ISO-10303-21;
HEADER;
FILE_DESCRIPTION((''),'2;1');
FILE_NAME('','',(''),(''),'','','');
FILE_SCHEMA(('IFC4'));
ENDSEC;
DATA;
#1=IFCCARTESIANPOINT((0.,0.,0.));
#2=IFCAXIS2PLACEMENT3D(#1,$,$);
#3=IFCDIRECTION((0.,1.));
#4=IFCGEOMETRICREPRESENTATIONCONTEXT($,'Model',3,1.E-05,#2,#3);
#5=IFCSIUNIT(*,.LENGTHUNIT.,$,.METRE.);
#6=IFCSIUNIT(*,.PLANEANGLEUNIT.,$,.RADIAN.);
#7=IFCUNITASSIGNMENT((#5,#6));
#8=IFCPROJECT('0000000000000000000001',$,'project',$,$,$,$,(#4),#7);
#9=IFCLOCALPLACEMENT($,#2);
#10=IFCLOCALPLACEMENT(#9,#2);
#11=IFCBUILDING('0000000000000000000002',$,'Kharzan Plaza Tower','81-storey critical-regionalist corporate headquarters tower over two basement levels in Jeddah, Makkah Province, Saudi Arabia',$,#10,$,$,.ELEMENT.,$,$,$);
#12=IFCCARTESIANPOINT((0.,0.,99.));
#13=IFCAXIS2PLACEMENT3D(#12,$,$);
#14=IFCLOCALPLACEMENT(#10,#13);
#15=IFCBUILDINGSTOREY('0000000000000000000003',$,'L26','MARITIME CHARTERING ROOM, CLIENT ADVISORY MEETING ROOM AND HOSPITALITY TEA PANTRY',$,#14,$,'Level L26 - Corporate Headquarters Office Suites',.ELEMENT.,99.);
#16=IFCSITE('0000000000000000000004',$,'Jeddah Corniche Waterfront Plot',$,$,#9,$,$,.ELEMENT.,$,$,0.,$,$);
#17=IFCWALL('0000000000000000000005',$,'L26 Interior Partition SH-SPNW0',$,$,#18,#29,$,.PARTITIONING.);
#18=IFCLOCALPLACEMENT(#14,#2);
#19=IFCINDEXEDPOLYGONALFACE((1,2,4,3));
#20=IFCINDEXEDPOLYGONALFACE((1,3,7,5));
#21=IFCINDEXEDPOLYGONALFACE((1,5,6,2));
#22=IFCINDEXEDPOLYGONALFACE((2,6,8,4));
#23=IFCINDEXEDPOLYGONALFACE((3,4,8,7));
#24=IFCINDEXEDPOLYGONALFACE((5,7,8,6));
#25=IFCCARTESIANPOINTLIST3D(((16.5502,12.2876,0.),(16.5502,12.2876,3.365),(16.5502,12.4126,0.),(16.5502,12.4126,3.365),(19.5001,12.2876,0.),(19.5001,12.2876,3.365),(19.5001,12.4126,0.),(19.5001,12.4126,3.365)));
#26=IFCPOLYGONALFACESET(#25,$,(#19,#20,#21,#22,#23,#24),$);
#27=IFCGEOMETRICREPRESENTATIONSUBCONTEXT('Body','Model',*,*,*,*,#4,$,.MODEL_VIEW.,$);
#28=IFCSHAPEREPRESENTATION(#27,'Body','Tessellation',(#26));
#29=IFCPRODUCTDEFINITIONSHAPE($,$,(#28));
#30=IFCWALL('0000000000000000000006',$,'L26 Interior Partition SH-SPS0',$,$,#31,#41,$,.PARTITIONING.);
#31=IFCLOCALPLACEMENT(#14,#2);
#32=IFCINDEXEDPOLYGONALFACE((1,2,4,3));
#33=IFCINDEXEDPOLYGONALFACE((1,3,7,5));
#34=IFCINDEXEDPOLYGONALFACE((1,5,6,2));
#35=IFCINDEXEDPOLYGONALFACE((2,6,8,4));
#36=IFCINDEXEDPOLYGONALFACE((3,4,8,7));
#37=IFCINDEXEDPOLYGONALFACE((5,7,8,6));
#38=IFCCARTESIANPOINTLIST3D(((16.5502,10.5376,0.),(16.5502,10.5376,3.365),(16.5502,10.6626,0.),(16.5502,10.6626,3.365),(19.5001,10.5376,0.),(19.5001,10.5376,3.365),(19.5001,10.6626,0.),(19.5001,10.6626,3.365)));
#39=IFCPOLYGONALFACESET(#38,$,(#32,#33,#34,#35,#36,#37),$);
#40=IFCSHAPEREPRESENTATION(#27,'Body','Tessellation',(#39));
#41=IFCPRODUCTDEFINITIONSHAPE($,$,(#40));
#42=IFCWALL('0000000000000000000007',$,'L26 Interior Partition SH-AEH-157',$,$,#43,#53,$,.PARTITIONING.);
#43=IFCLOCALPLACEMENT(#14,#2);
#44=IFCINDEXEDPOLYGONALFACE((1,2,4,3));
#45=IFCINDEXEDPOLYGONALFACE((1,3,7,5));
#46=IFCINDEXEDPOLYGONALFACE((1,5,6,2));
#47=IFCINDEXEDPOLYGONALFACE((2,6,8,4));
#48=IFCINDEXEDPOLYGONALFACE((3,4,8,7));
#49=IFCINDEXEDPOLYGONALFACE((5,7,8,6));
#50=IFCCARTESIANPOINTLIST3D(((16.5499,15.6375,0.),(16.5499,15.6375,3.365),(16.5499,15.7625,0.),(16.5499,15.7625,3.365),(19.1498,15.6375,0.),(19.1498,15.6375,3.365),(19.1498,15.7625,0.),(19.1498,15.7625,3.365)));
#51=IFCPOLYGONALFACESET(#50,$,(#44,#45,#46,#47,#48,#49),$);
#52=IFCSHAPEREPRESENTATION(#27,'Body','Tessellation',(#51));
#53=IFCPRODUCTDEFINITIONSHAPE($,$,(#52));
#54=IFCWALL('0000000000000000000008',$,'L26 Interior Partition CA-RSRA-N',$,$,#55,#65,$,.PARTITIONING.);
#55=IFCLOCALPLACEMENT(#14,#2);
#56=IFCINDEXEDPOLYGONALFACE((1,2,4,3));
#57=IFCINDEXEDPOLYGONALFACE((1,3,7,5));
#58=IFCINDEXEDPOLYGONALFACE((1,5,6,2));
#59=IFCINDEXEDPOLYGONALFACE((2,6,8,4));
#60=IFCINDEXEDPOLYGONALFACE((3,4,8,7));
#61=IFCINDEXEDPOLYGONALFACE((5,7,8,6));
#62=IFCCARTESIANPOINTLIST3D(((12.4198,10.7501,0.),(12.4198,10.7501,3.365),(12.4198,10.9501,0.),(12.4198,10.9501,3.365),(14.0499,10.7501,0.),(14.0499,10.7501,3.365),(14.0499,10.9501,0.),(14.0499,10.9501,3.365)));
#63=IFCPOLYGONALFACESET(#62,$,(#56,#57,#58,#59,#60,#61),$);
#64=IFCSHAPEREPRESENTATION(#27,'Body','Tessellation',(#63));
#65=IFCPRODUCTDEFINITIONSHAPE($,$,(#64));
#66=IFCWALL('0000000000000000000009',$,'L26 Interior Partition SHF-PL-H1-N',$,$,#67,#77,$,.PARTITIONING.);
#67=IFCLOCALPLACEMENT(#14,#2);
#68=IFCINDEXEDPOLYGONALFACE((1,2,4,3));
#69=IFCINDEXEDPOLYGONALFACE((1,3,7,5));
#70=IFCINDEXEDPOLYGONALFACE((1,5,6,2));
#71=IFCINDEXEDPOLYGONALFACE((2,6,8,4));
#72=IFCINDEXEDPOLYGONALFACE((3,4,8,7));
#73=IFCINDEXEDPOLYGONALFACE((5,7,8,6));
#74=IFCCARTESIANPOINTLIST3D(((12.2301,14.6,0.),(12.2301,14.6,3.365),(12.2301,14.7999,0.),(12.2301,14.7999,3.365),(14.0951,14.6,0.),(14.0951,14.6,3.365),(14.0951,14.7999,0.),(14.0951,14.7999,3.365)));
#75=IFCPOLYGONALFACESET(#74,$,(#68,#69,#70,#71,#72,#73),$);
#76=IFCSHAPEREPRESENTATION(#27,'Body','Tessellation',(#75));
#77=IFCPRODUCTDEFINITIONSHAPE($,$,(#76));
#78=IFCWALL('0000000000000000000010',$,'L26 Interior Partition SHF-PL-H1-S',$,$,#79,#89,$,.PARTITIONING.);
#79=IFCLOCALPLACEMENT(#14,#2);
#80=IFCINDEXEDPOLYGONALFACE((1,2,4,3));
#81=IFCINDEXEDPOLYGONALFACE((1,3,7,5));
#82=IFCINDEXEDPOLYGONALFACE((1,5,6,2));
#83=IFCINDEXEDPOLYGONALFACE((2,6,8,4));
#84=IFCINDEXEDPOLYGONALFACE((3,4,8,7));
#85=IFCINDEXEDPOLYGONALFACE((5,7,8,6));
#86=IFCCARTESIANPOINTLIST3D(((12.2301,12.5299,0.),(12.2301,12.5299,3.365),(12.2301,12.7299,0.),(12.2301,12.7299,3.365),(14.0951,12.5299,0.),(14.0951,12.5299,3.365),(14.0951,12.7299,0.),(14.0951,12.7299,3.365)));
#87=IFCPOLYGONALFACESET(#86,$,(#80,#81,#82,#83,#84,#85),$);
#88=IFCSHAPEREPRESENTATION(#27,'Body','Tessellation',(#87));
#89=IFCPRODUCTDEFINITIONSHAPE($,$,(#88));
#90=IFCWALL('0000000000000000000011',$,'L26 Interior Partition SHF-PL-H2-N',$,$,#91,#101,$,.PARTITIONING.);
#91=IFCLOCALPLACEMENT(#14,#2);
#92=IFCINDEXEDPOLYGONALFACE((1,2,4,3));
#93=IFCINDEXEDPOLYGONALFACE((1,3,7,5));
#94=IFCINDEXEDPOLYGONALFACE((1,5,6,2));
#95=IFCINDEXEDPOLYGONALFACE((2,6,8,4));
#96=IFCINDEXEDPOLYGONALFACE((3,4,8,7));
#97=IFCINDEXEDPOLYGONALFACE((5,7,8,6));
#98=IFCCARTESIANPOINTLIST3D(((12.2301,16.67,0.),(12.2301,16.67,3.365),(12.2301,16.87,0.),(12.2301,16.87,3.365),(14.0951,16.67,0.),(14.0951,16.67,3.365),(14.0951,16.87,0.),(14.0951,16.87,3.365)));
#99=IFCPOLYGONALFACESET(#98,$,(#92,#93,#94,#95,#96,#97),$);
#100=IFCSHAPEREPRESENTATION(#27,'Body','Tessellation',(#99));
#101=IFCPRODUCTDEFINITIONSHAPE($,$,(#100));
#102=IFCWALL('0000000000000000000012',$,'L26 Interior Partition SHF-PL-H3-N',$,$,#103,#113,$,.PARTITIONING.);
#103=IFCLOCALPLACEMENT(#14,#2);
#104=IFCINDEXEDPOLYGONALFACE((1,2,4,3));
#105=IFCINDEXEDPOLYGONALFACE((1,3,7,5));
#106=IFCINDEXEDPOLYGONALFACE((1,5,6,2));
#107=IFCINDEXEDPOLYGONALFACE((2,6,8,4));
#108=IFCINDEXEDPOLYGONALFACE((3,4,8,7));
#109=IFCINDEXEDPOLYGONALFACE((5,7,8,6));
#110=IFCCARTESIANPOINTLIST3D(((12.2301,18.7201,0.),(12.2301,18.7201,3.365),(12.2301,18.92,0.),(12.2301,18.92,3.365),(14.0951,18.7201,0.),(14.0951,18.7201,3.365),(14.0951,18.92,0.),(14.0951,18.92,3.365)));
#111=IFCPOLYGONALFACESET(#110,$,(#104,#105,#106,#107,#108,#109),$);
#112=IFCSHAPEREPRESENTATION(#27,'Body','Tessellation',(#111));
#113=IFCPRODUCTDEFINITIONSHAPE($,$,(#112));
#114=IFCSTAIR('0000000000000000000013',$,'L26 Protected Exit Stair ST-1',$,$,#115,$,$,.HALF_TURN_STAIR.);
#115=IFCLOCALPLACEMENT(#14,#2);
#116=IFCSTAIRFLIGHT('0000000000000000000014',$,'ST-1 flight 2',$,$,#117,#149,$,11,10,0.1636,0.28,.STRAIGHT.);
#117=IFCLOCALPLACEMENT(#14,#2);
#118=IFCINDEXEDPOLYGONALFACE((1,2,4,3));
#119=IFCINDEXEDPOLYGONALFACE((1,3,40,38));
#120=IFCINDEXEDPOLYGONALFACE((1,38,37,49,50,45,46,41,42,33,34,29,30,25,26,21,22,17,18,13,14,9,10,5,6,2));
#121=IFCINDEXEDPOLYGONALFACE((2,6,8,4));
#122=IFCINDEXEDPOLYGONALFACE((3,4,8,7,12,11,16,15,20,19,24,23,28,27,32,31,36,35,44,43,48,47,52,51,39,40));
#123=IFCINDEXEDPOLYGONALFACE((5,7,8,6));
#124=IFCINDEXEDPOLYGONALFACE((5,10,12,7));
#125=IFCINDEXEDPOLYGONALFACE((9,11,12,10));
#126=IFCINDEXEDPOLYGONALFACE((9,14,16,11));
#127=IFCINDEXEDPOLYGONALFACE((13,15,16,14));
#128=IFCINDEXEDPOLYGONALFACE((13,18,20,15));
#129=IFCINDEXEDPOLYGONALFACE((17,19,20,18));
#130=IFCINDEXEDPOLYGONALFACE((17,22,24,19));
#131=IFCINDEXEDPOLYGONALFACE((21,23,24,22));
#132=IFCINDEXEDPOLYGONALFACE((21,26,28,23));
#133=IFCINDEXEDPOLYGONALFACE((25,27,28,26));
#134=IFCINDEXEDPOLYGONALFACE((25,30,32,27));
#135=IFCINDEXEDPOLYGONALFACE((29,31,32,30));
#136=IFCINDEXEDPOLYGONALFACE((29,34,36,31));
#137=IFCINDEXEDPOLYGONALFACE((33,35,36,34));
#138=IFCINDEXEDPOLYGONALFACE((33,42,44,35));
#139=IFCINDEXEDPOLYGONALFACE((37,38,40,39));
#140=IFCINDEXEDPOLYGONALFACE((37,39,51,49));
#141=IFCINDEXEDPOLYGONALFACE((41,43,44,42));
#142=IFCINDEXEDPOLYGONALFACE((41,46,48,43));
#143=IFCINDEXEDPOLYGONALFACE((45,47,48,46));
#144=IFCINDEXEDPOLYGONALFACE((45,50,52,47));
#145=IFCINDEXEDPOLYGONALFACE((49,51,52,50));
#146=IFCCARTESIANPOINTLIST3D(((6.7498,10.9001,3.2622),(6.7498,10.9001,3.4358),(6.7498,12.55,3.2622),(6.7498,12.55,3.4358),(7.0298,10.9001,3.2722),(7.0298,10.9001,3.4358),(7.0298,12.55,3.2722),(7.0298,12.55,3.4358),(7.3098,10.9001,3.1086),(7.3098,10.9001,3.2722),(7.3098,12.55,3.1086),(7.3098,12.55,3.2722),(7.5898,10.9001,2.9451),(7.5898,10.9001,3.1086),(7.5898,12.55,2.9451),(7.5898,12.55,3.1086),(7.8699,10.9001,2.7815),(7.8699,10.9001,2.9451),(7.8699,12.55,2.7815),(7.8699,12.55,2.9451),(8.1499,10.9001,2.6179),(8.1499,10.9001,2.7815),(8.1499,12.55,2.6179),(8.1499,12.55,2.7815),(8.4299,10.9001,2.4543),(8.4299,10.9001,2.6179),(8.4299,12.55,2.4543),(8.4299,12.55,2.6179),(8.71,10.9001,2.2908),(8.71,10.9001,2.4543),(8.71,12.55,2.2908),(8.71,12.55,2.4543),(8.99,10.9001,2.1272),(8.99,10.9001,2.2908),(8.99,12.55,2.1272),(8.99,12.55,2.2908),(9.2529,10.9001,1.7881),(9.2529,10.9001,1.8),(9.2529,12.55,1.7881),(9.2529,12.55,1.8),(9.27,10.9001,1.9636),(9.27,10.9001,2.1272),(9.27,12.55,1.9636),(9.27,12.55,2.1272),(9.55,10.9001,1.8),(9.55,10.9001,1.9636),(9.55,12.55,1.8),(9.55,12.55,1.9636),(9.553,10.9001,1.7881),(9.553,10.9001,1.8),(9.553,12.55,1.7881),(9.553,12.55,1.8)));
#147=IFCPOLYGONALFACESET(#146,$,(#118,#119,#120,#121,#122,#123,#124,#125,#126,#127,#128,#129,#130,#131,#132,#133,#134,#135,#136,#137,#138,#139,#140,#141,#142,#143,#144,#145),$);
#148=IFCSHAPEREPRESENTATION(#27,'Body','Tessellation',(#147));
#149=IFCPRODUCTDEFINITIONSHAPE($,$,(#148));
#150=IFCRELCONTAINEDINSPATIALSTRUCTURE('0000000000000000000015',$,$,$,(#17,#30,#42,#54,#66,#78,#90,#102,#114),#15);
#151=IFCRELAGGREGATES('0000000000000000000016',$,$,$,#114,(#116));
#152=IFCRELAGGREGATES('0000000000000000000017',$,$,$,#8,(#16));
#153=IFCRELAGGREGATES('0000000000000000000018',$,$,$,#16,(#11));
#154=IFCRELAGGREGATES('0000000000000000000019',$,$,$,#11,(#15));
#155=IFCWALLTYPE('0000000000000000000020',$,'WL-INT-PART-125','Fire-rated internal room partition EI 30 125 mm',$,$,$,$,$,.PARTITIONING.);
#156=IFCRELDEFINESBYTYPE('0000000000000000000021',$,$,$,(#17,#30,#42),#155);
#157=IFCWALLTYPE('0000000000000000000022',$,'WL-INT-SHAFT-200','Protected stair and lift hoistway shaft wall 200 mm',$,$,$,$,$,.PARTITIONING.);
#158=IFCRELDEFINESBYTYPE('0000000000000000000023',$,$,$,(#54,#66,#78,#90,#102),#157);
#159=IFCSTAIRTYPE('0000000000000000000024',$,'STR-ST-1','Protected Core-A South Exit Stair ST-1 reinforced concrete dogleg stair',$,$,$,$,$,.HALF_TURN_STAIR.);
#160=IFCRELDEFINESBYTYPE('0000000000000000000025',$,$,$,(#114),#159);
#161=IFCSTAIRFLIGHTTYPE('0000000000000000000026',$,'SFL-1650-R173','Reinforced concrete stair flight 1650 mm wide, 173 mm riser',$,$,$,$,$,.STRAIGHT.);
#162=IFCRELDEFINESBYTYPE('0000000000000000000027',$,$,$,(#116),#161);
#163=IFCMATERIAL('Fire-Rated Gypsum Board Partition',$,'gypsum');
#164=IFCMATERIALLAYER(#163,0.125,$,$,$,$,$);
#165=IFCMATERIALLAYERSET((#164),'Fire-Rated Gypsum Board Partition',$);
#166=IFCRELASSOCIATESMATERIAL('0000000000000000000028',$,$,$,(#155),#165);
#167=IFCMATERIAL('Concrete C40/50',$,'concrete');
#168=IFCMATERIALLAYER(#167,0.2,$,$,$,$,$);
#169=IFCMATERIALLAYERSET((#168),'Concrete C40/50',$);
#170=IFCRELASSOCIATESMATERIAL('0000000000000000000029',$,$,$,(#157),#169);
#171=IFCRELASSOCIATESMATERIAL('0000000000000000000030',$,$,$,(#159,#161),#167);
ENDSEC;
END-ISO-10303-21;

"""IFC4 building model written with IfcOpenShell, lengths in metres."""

from ifc_helpers import new_model, si_unit, direction, frame, frame_2d, origin, place, context, subcontext, project, spatial, polyline, rectangle, outline, extrude, source, transform, mapped, material, layer, layer_set, type_object, element, aggregate, save


model = new_model("IFC4")

# Units and contexts
model_context = context("Model", 3, precision=1e-05, world=origin(), true_north=direction((0.0, 1.0)))
body_context = subcontext(model_context, "Body", "Model", "MODEL_VIEW")
ifc_project = project(units=[si_unit("LENGTHUNIT", "METRE"), si_unit("PLANEANGLEUNIT", "RADIAN")], contexts=[model_context])

# Site, building, storey
site_placement = place(None, origin())
site = spatial("IfcSite", under=ifc_project, at=site_placement, Name="Jeddah Corniche Waterfront Plot", CompositionType="ELEMENT", RefElevation=0.0)
building_placement = place(site_placement, origin())
building = spatial("IfcBuilding", under=site, at=building_placement, Name="Kharzan Plaza Tower", Description="81-storey critical-regionalist corporate headquarters tower over two basement levels in Jeddah, Makkah Province, Saudi Arabia", CompositionType="ELEMENT")
storey_placement = place(building_placement, frame((0.0, 0.0, 99.0)))
storey = spatial("IfcBuildingStorey", under=building, at=storey_placement, Name="L26", Description="MARITIME CHARTERING ROOM, CLIENT ADVISORY MEETING ROOM AND HOSPITALITY TEA PANTRY", LongName="Level L26 - Corporate Headquarters Office Suites", CompositionType="ELEMENT", Elevation=99.0)

# Shared definitions
ifc_material_1 = material(Name="Fire-Rated Gypsum Board Partition", Category="gypsum")
ifc_layer_1 = layer(ifc_material_1, 0.125)
ifc_layer_set_1 = layer_set([ifc_layer_1], Name="Fire-Rated Gypsum Board Partition")
wall_type_1 = type_object("IfcWallType", Name="WL-INT-PART-125", Description="Fire-rated internal room partition EI 30 125 mm", PredefinedType="PARTITIONING", material=ifc_layer_set_1)
ifc_material_2 = material(Name="Concrete C40/50", Category="concrete")
ifc_layer_2 = layer(ifc_material_2, 0.2)
ifc_layer_set_2 = layer_set([ifc_layer_2], Name="Concrete C40/50")
wall_type_2 = type_object("IfcWallType", Name="WL-INT-SHAFT-200", Description="Protected stair and lift hoistway shaft wall 200 mm", PredefinedType="PARTITIONING", material=ifc_layer_set_2)

# Walls
shared_shape_1 = source(origin(), body_context, "Body", "SweptSolid", [
    extrude(rectangle(XDim=2.95, YDim=0.125, at=frame_2d((1.4751, 0.0))), origin(), (0.0, 0.0, 1.0), 3.365),
])
for number, where, z_axis, x_axis, name in (
    (1, (16.55, 12.3501, 0.0), (0.0, 0.0, 1.0), (1.0, 0.0, 0.0), "L26 Interior Partition SH-SPNW0"),
    (2, (16.55, 10.6001, 0.0), (0.0, 0.0, 1.0), (1.0, 0.0, 0.0), "L26 Interior Partition SH-SPS0"),
):
    element("IfcWall", number, at=place(storey_placement, frame(where, z_axis=z_axis, x_axis=x_axis)), inside=storey, type_object=wall_type_1, Name=name, PredefinedType="PARTITIONING", context=body_context, shape_type="MappedRepresentation", body=[
        mapped(shared_shape_1, transform((0.0, 0.0, 0.0), x_axis=(1.0, 0.0, 0.0), y_axis=(0.0, 1.0, 0.0), z_axis=(0.0, 0.0, 1.0))),
    ])
shared_shape_2 = source(origin(), body_context, "Body", "SweptSolid", [
    extrude(rectangle(XDim=2.5999, YDim=0.125, at=frame_2d((1.2998, 0.0))), origin(), (0.0, 0.0, 1.0), 3.365),
])
wall_1_placement = place(storey_placement, frame((16.55, 15.7, 0.0), z_axis=(0.0, 0.0, 1.0), x_axis=(1.0, 0.0, 0.0)))
element("IfcWall", 3, at=wall_1_placement, inside=storey, type_object=wall_type_1, Name="L26 Interior Partition SH-AEH-157", PredefinedType="PARTITIONING", context=body_context, shape_type="MappedRepresentation", body=[
    mapped(shared_shape_2, transform((0.0, 0.0, 0.0), x_axis=(1.0, 0.0, 0.0), y_axis=(0.0, 1.0, 0.0), z_axis=(0.0, 0.0, 1.0))),
])
shared_shape_3 = source(origin(), body_context, "Body", "SweptSolid", [
    extrude(rectangle(XDim=1.6301, YDim=0.2, at=frame_2d((0.8149, 0.0))), origin(), (0.0, 0.0, 1.0), 3.365),
])
wall_2_placement = place(storey_placement, frame((12.4199, 10.8501, 0.0), z_axis=(0.0, 0.0, 1.0), x_axis=(1.0, 0.0, 0.0)))
element("IfcWall", 4, at=wall_2_placement, inside=storey, type_object=wall_type_2, Name="L26 Interior Partition CA-RSRA-N", PredefinedType="PARTITIONING", context=body_context, shape_type="MappedRepresentation", body=[
    mapped(shared_shape_3, transform((0.0, 0.0, 0.0), x_axis=(1.0, 0.0, 0.0), y_axis=(0.0, 1.0, 0.0), z_axis=(0.0, 0.0, 1.0))),
])
shared_shape_4 = source(origin(), body_context, "Body", "SweptSolid", [
    extrude(rectangle(XDim=1.865, YDim=0.2, at=frame_2d((0.9326, 0.0))), origin(), (0.0, 0.0, 1.0), 3.365),
])
for number, where, z_axis, x_axis, name in (
    (5, (12.23, 14.7, 0.0), (0.0, 0.0, 1.0), (1.0, 0.0, 0.0), "L26 Interior Partition SHF-PL-H1-N"),
    (6, (12.23, 12.6299, 0.0), (0.0, 0.0, 1.0), (1.0, 0.0, 0.0), "L26 Interior Partition SHF-PL-H1-S"),
    (7, (12.23, 16.77, 0.0), (0.0, 0.0, 1.0), (1.0, 0.0, 0.0), "L26 Interior Partition SHF-PL-H2-N"),
    (8, (12.23, 18.8201, 0.0), (0.0, 0.0, 1.0), (1.0, 0.0, 0.0), "L26 Interior Partition SHF-PL-H3-N"),
):
    element("IfcWall", number, at=place(storey_placement, frame(where, z_axis=z_axis, x_axis=x_axis)), inside=storey, type_object=wall_type_2, Name=name, PredefinedType="PARTITIONING", context=body_context, shape_type="MappedRepresentation", body=[
        mapped(shared_shape_4, transform((0.0, 0.0, 0.0), x_axis=(1.0, 0.0, 0.0), y_axis=(0.0, 1.0, 0.0), z_axis=(0.0, 0.0, 1.0))),
    ])

# Stair, stair flight
stair_type = type_object("IfcStairType", Name="STR-ST-1", Description="Protected Core-A South Exit Stair ST-1 reinforced concrete dogleg stair", PredefinedType="HALF_TURN_STAIR", material=ifc_material_2)
stair_placement = place(storey_placement, origin())
stair = element("IfcStair", 9, at=stair_placement, inside=storey, type_object=stair_type, Name="L26 Protected Exit Stair ST-1", PredefinedType="HALF_TURN_STAIR")
stair_flight_type = type_object("IfcStairFlightType", Name="SFL-1650-R173", Description="Reinforced concrete stair flight 1650 mm wide, 173 mm riser", PredefinedType="STRAIGHT", material=ifc_material_2)
shared_shape_5 = source(origin(), body_context, "Body", "SweptSolid", [
    extrude(outline(polyline([(-0.0029, -0.012), (-0.0029, 0.0), (0.0, 0.0), (0.0, 0.1636), (0.28, 0.1636), (0.28, 0.3271), (0.5601, 0.3271), (0.5601, 0.4907), (0.8401, 0.4907), (0.8401, 0.6543), (1.1201, 0.6543), (1.1201, 0.8179), (1.4001, 0.8179), (1.4001, 0.9814), (1.6802, 0.9814), (1.6802, 1.145), (1.9602, 1.145), (1.9602, 1.3086), (2.2402, 1.3086), (2.2402, 1.4722), (2.5203, 1.4722), (2.5203, 1.6357), (2.8003, 1.6357), (2.8003, 1.7993), (2.8003, 1.4622), (0.2971, 0.0), (0.2971, -0.012), (-0.0029, -0.012)])), frame((0.0, 0.825, 0.0), z_axis=(0.0, -1.0, 0.0), x_axis=(1.0, 0.0, 0.0)), (0.0, 0.0, 1.0), 1.6499),
])
stair_flight_placement = place(storey_placement, frame((9.55, 11.7251, 1.8), z_axis=(0.0, 0.0, 1.0), x_axis=(-1.0, 0.0, 0.0)))
stair_flight = element("IfcStairFlight", 10, at=stair_flight_placement, type_object=stair_flight_type, Name="ST-1 flight 2", NumberOfRisers=11, NumberOfTreads=10, PredefinedType="STRAIGHT", RiserHeight=0.1636, TreadLength=0.28, context=body_context, shape_type="MappedRepresentation", body=[
    mapped(shared_shape_5, transform((0.0, 0.0, 0.0), x_axis=(1.0, 0.0, 0.0), y_axis=(0.0, 1.0, 0.0), z_axis=(0.0, 0.0, 1.0))),
])
aggregate(stair, [stair_flight])

save(model, "model.ifc")
